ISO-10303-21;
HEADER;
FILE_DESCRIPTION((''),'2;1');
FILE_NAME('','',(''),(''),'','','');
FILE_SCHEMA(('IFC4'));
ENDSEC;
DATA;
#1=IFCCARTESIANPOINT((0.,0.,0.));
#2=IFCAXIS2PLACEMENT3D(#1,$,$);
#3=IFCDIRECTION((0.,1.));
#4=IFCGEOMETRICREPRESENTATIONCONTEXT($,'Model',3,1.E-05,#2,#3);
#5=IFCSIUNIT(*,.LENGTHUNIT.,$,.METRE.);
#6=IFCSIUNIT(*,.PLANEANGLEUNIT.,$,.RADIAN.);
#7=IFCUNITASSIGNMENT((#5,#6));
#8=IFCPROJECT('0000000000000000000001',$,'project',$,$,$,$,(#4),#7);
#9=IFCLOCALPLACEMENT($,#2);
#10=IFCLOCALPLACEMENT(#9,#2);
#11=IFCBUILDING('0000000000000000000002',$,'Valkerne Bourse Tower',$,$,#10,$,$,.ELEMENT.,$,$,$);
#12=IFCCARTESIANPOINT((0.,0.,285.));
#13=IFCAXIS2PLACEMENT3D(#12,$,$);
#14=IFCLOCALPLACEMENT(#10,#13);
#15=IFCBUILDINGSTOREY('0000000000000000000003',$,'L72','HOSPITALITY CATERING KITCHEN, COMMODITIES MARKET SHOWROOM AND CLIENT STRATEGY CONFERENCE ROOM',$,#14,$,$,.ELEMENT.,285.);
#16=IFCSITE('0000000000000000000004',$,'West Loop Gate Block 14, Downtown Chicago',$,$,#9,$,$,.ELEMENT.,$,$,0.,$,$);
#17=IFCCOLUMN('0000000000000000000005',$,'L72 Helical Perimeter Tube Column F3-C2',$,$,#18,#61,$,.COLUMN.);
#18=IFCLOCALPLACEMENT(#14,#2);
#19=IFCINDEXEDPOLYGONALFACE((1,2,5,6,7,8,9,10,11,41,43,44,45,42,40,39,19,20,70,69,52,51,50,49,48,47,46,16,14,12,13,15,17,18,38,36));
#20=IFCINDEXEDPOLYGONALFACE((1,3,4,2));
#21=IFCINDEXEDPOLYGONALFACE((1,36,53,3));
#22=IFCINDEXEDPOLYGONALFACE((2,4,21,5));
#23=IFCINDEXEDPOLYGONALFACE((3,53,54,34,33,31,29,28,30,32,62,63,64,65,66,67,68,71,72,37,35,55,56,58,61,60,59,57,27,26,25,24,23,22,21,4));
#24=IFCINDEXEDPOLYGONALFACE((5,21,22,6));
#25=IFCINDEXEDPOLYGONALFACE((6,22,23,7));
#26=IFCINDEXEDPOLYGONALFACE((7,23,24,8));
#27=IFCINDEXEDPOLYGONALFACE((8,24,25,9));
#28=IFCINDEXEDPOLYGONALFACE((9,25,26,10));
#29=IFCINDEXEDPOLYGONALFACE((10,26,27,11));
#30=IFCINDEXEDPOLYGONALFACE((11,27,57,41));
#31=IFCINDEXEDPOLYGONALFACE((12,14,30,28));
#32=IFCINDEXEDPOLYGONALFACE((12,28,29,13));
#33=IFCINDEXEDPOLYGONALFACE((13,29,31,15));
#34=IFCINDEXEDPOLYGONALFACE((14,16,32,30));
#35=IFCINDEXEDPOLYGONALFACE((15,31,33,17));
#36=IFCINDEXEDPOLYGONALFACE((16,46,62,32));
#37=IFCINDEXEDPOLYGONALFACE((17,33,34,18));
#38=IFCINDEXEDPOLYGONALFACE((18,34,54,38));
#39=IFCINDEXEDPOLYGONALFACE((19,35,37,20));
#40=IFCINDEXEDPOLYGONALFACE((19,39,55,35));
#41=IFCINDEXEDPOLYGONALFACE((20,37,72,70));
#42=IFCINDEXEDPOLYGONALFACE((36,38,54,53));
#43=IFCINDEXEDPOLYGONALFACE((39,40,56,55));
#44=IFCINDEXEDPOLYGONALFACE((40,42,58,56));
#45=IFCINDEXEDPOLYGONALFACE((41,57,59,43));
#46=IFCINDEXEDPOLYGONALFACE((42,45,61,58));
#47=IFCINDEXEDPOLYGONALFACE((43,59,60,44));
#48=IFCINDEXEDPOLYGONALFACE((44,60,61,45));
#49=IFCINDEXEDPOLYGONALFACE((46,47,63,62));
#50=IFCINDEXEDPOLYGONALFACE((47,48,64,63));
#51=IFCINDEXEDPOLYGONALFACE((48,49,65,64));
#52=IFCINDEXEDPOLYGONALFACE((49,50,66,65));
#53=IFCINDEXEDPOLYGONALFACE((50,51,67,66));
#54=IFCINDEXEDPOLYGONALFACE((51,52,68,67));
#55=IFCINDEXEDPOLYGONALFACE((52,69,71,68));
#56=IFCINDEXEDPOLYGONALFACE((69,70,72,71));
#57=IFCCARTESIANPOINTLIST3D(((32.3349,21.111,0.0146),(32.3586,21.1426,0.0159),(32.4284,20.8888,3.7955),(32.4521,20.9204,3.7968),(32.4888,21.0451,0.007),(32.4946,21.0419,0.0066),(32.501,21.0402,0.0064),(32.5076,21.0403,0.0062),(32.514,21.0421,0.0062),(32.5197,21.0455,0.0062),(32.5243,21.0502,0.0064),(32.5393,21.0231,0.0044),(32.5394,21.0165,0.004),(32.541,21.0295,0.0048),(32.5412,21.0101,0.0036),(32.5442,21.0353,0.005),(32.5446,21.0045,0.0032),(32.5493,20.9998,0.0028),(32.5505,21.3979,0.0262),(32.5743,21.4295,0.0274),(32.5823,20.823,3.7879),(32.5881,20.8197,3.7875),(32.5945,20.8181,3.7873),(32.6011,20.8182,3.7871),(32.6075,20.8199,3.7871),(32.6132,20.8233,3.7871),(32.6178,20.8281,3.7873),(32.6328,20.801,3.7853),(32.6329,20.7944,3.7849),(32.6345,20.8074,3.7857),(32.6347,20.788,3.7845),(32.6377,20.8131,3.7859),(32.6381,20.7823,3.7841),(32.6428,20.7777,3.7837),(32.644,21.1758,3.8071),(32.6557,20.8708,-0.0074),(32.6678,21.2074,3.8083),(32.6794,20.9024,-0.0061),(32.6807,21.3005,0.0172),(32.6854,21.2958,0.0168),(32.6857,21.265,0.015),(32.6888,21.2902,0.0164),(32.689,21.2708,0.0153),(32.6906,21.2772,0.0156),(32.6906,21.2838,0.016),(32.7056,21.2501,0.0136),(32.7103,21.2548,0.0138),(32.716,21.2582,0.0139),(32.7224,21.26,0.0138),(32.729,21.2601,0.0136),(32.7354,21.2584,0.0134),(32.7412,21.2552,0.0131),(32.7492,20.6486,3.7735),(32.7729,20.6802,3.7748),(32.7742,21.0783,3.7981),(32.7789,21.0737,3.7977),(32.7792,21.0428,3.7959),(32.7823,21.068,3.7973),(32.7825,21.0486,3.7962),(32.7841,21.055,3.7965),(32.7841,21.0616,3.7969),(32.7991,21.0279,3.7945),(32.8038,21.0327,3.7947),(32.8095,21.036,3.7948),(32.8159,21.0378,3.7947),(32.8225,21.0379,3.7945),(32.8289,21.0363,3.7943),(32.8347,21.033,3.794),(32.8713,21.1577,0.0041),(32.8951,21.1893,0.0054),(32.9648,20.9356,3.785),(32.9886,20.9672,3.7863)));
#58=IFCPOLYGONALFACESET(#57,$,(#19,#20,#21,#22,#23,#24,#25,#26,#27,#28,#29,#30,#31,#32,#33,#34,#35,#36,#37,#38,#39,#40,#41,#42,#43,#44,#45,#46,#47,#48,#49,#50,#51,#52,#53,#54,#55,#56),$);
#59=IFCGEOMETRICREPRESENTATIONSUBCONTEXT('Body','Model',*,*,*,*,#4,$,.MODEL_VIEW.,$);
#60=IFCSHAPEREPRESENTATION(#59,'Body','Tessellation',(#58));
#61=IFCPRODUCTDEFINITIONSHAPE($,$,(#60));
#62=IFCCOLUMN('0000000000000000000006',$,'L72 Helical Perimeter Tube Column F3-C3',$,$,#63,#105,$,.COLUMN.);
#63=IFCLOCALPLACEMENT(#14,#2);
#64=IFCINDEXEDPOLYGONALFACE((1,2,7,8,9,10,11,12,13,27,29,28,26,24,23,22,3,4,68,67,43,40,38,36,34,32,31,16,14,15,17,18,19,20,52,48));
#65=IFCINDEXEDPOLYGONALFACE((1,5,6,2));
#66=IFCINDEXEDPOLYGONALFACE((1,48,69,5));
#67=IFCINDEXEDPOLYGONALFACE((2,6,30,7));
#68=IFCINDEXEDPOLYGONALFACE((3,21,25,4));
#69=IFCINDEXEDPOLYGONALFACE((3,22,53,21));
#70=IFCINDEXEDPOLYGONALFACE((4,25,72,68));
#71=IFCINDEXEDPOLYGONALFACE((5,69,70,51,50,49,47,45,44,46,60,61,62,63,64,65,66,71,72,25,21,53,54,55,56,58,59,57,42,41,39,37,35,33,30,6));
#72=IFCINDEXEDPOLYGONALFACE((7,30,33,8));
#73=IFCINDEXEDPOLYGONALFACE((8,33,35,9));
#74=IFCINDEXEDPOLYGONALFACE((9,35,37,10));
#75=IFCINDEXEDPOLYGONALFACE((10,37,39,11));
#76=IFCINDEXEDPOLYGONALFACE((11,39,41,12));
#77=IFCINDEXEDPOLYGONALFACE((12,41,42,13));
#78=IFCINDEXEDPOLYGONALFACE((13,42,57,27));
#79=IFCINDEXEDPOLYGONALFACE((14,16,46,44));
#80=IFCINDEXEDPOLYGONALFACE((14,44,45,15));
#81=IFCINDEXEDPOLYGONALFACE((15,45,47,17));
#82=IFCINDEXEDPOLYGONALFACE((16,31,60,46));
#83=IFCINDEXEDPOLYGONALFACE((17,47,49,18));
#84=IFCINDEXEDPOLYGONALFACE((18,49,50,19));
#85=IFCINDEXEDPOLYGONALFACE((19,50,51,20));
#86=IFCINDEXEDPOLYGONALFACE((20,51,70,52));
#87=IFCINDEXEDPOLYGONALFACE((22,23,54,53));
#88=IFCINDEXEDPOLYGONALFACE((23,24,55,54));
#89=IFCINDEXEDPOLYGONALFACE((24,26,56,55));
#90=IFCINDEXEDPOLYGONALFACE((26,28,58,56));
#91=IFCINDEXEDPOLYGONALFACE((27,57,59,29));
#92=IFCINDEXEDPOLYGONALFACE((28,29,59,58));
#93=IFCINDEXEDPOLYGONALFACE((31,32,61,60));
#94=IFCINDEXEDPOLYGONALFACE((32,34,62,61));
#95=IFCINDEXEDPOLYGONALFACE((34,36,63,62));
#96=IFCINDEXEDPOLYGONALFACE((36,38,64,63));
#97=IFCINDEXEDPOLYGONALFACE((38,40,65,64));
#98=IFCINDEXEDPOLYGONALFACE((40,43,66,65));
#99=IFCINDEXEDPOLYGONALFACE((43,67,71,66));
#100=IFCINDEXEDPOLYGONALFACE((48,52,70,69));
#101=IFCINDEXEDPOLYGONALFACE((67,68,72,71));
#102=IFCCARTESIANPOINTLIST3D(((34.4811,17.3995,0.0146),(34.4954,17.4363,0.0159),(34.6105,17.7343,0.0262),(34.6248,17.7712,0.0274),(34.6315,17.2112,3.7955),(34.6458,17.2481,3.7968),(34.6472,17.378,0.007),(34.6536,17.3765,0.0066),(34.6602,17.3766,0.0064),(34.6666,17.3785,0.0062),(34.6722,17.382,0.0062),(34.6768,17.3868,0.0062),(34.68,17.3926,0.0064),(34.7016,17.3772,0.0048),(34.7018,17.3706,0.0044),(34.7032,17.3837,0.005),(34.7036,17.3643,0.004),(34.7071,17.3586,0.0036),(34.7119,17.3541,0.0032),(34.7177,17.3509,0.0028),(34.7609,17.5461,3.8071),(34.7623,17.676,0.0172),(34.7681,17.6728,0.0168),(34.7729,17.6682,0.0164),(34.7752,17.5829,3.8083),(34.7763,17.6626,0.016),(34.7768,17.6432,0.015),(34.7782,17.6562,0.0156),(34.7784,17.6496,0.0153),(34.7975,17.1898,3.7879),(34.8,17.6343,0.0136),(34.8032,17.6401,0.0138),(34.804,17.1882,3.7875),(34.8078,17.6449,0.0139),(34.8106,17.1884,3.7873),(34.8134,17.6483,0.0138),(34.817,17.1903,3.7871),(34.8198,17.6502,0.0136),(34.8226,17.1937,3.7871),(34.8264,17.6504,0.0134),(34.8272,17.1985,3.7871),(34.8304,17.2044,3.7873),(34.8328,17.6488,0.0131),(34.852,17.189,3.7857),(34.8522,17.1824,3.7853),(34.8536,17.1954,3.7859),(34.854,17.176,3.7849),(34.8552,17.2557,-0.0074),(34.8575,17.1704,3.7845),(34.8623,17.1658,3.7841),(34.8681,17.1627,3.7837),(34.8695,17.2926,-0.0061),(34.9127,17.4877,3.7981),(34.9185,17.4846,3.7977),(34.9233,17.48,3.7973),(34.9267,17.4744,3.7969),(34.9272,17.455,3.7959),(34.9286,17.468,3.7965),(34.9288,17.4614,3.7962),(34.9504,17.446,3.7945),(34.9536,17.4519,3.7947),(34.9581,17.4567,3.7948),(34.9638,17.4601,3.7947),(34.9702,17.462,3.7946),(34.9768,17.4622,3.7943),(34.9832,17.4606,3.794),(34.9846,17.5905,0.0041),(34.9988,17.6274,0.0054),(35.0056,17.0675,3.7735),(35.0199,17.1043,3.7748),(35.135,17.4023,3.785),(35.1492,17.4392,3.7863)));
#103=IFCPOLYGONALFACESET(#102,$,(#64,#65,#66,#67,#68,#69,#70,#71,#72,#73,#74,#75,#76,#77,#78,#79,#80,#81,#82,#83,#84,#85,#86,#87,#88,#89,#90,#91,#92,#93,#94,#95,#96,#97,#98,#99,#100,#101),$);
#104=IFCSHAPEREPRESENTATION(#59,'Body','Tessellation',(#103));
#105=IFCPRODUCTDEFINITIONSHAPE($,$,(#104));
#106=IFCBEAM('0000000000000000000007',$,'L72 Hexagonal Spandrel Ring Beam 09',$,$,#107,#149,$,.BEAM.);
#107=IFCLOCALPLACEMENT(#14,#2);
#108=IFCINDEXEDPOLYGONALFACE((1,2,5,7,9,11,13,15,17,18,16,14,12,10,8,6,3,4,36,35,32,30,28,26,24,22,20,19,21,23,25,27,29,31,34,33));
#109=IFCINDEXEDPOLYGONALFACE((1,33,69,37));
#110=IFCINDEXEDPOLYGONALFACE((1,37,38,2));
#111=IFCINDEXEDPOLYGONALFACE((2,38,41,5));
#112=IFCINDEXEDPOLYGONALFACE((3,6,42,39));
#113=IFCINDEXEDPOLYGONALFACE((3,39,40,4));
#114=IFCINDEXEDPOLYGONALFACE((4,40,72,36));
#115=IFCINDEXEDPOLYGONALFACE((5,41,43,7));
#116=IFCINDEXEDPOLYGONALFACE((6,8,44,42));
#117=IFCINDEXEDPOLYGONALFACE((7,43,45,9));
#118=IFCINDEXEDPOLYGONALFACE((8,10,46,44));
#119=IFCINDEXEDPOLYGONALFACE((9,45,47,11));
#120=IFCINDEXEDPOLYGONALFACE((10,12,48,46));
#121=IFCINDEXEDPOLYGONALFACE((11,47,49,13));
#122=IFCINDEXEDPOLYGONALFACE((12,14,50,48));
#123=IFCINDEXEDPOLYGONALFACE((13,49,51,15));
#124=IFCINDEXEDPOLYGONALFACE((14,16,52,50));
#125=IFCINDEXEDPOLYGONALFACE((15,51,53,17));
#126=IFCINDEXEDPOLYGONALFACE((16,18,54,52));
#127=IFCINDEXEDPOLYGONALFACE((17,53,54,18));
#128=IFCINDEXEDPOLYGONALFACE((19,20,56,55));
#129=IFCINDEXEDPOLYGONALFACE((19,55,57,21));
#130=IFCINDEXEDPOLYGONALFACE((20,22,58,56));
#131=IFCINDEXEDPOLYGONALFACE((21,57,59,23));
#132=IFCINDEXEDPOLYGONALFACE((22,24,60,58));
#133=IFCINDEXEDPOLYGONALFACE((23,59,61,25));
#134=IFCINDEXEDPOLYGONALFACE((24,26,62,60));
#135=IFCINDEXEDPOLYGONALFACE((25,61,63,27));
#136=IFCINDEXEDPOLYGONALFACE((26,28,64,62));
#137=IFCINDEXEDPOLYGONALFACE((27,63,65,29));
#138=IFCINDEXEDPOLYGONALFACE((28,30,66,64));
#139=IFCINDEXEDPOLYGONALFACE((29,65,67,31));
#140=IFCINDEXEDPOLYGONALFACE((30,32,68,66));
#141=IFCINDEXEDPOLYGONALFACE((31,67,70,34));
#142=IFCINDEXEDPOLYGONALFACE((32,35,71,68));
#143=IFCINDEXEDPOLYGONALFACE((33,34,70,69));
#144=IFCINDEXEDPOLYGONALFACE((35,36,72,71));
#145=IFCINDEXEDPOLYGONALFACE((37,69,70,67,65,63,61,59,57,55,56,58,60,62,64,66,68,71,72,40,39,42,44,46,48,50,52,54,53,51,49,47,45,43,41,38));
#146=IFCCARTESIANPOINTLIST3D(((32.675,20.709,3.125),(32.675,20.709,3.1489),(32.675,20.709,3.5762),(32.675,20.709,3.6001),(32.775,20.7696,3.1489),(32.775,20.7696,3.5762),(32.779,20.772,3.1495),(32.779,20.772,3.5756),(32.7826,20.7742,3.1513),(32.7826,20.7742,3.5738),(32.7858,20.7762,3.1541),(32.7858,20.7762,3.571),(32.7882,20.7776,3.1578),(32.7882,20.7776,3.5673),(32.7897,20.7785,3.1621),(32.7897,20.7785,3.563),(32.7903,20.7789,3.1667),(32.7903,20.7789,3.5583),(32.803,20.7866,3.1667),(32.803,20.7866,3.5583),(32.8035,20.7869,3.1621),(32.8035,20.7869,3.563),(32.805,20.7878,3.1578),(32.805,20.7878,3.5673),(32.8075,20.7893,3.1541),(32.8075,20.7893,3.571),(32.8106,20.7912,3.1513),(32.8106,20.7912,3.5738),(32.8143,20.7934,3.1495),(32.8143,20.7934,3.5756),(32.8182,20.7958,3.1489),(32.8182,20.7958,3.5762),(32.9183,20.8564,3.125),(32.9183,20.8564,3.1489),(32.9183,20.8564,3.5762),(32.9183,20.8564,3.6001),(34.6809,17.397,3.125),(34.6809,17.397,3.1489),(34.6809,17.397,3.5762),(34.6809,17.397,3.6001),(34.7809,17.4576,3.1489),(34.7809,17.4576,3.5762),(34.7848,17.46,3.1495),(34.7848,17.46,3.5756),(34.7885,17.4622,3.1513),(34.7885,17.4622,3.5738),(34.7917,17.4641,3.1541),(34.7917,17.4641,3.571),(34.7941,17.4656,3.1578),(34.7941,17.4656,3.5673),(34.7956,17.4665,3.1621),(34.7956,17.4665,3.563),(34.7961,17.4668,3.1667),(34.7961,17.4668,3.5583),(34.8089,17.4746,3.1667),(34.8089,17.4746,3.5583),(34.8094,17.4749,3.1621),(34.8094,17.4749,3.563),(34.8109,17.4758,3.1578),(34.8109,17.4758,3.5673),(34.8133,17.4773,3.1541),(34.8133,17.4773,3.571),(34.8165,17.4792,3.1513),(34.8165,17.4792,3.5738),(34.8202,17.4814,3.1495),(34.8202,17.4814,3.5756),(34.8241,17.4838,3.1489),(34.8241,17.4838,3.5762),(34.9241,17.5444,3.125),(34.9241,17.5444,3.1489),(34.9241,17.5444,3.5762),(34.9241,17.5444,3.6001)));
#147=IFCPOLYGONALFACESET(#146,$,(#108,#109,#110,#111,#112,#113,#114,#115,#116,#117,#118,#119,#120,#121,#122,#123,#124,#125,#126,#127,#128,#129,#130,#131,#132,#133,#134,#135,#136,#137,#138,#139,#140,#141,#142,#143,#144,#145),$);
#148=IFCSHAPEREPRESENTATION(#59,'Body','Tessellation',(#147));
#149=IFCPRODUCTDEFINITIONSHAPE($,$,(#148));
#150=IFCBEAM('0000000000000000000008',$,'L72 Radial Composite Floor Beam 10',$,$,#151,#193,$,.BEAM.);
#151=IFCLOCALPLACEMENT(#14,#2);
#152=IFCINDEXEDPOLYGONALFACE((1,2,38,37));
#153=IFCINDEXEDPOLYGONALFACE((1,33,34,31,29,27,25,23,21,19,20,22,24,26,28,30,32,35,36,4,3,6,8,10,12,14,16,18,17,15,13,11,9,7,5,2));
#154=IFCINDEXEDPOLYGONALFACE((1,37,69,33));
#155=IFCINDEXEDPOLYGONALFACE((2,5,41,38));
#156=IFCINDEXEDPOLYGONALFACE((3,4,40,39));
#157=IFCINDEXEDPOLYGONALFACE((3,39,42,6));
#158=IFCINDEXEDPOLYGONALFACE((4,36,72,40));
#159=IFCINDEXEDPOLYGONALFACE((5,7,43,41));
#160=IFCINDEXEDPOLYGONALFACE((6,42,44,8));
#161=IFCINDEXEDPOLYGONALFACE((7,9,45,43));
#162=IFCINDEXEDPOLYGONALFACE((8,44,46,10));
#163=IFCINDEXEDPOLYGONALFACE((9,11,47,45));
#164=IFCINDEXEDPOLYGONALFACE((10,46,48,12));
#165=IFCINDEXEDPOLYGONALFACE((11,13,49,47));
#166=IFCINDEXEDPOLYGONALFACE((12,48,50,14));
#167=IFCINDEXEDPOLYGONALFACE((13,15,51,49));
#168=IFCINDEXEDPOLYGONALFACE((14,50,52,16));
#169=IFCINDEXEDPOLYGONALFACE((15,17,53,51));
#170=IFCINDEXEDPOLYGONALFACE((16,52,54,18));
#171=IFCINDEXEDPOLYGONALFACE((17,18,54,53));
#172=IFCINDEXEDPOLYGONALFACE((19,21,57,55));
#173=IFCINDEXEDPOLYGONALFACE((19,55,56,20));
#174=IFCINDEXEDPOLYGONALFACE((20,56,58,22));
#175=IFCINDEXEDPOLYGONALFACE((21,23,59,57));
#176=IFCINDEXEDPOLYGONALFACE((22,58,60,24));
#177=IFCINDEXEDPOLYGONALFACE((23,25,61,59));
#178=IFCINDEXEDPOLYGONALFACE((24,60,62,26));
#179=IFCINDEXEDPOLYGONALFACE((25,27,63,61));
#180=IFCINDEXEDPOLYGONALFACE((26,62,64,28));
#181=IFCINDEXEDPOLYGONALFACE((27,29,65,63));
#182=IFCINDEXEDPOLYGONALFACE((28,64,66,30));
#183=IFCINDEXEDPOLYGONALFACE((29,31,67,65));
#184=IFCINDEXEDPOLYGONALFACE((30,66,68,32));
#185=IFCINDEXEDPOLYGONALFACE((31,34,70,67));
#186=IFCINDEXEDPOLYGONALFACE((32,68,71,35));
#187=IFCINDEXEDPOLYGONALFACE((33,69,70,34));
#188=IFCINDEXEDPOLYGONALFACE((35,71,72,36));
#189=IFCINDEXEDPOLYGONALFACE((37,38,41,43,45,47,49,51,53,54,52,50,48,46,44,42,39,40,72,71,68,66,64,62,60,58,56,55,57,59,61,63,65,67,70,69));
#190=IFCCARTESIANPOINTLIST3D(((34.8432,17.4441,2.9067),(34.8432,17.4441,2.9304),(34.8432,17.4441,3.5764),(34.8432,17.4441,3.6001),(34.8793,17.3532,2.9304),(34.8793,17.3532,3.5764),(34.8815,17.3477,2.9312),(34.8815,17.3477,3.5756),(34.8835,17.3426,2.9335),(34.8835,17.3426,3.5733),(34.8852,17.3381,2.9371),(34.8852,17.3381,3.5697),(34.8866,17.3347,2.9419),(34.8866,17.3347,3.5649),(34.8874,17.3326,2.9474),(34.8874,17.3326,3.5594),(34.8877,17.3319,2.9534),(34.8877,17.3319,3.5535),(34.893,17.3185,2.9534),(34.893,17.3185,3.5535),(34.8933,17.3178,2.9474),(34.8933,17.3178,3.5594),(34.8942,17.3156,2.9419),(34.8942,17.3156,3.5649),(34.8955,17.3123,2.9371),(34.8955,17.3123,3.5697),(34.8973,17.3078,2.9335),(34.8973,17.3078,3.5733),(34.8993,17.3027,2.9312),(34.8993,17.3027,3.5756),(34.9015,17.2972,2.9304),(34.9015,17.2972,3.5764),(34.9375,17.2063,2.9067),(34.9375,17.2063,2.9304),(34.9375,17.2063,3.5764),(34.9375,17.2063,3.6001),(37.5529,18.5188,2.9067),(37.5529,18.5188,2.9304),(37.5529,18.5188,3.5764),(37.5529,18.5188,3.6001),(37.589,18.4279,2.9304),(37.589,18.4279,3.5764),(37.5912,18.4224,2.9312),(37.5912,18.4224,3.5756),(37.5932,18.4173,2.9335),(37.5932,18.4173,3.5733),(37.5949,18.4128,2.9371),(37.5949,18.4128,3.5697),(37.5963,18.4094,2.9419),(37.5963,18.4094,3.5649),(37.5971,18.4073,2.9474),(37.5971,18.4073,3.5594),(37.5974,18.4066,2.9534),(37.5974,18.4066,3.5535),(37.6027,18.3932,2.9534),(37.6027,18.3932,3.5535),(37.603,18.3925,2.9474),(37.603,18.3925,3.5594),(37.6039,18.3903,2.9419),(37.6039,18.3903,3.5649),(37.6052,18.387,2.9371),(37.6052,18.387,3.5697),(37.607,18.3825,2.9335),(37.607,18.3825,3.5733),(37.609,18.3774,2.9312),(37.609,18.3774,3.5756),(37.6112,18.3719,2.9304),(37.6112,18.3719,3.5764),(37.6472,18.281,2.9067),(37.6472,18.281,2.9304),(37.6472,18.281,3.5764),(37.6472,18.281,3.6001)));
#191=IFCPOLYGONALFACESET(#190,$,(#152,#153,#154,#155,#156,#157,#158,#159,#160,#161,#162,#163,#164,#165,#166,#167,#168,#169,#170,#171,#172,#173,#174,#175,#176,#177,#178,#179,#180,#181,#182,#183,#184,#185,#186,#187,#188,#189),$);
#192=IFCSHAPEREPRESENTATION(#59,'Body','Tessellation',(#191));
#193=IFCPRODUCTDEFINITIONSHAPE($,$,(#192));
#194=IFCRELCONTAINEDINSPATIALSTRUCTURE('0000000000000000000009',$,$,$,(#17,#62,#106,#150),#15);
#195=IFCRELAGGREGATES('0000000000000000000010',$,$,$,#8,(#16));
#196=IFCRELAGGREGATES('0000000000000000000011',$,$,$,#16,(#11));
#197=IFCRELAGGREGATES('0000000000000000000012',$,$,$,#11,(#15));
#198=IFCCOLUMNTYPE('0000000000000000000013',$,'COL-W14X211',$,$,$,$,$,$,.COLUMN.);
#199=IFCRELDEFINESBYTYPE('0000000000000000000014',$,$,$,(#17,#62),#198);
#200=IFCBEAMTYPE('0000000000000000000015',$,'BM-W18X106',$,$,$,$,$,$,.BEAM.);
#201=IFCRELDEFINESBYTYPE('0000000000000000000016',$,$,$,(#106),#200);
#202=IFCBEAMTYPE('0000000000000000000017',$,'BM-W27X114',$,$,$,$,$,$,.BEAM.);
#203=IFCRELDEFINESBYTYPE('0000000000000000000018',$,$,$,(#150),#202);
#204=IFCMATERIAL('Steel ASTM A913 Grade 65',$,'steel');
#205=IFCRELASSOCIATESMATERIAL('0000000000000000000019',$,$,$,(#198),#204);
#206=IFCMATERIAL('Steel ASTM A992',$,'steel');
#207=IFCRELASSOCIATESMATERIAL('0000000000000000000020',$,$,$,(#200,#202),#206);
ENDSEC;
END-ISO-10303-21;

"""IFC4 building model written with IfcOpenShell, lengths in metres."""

from ifc_helpers import new_model, si_unit, direction, frame, origin, origin_2d, place, context, subcontext, project, spatial, i_section, extrude, material, material_profile, profile_set, type_object, element, save


model = new_model("IFC4")

# Units and contexts
model_context = context("Model", 3, precision=1e-05, world=origin(), true_north=direction((0.0, 1.0)))
body_context = subcontext(model_context, "Body", "Model", "MODEL_VIEW")
ifc_project = project(units=[si_unit("LENGTHUNIT", "METRE"), si_unit("PLANEANGLEUNIT", "RADIAN")], contexts=[model_context])

# Site, building, storey
site_placement = place(None, origin())
site = spatial("IfcSite", under=ifc_project, at=site_placement, Name="West Loop Gate Block 14, Downtown Chicago", CompositionType="ELEMENT", RefElevation=0.0)
building_placement = place(site_placement, origin())
building = spatial("IfcBuilding", under=site, at=building_placement, Name="Valkerne Bourse Tower", CompositionType="ELEMENT")
storey_placement = place(building_placement, frame((0.0, 0.0, 285.0)))
storey = spatial("IfcBuildingStorey", under=building, at=storey_placement, Name="L72", Description="HOSPITALITY CATERING KITCHEN, COMMODITIES MARKET SHOWROOM AND CLIENT STRATEGY CONFERENCE ROOM", CompositionType="ELEMENT", Elevation=285.0)

# Columns
ifc_material_1 = material(Name="Steel ASTM A913 Grade 65", Category="steel")
ifc_material_profile_1 = material_profile(ifc_material_1, i_section(OverallWidth=0.4014, OverallDepth=0.3987, WebThickness=0.0249, FlangeThickness=0.0396, FilletRadius=0.0254, at=origin_2d()), Name="W14X211")
ifc_profile_set_1 = profile_set([ifc_material_profile_1], Name="Steel ASTM A913 Grade 65")
column_type = type_object("IfcColumnType", Name="COL-W14X211", PredefinedType="COLUMN", material=ifc_profile_set_1)
for number, where, z_axis, x_axis, name in (
    (1, (32.615, 21.1501, 0.01), (0.02468, -0.05864, 0.997974), (0.79927, -0.598456, -0.054931), "L72 Helical Perimeter Tube Column F3-C2"),
    (2, (34.74, 17.5134, 0.01), (0.039695, -0.049683, 0.997976), (0.932011, -0.358248, -0.054906), "L72 Helical Perimeter Tube Column F3-C3"),
):
    element("IfcColumn", number, at=place(storey_placement, frame(where, z_axis=z_axis, x_axis=x_axis)), inside=storey, type_object=column_type, Name=name, PredefinedType="COLUMN", context=body_context, shape_type="SweptSolid", body=[
        extrude(i_section(OverallWidth=0.4014, OverallDepth=0.3987, WebThickness=0.0249, FlangeThickness=0.0396, FilletRadius=0.0254, at=origin_2d()), origin(), (0.0, 0.0, 1.0), 3.7886),
    ])

# Beams
ifc_material_2 = material(Name="Steel ASTM A992", Category="steel")
ifc_material_profile_2 = material_profile(ifc_material_2, i_section(OverallWidth=0.2844, OverallDepth=0.4751, WebThickness=0.0149, FlangeThickness=0.0239, FilletRadius=0.0178, at=origin_2d()), Name="W18X106")
ifc_profile_set_2 = profile_set([ifc_material_profile_2], Name="Steel ASTM A992")
beam_type_1 = type_object("IfcBeamType", Name="BM-W18X106", PredefinedType="BEAM", material=ifc_profile_set_2)
beam_1_placement = place(storey_placement, frame((32.7966, 20.7827, 3.3625), z_axis=(0.518033, -0.85536, 0.0), x_axis=(0.85536, 0.518033, 0.0)))
element("IfcBeam", 3, at=beam_1_placement, inside=storey, type_object=beam_type_1, Name="L72 Hexagonal Spandrel Ring Beam 09", PredefinedType="BEAM", context=body_context, shape_type="SweptSolid", body=[
    extrude(i_section(OverallWidth=0.2844, OverallDepth=0.4751, WebThickness=0.0149, FlangeThickness=0.0239, FilletRadius=0.0178, at=origin_2d()), origin(), (0.0, 0.0, 1.0), 3.8721),
])
ifc_material_profile_3 = material_profile(ifc_material_2, i_section(OverallWidth=0.2559, OverallDepth=0.6934, WebThickness=0.0144, FlangeThickness=0.0237, FilletRadius=0.0229, at=origin_2d()), Name="W27X114")
ifc_profile_set_3 = profile_set([ifc_material_profile_3], Name="Steel ASTM A992")
beam_type_2 = type_object("IfcBeamType", Name="BM-W27X114", PredefinedType="BEAM", material=ifc_profile_set_3)
beam_2_placement = place(storey_placement, frame((34.8904, 17.3252, 3.2534), z_axis=(0.929559, 0.368674, 0.0), x_axis=(-0.368674, 0.929559, 0.0)))
element("IfcBeam", 4, at=beam_2_placement, inside=storey, type_object=beam_type_2, Name="L72 Radial Composite Floor Beam 10", PredefinedType="BEAM", context=body_context, shape_type="SweptSolid", body=[
    extrude(i_section(OverallWidth=0.2559, OverallDepth=0.6934, WebThickness=0.0144, FlangeThickness=0.0237, FilletRadius=0.0229, at=origin_2d()), origin(), (0.0, 0.0, 1.0), 2.915),
])

save(model, "model.ifc")
